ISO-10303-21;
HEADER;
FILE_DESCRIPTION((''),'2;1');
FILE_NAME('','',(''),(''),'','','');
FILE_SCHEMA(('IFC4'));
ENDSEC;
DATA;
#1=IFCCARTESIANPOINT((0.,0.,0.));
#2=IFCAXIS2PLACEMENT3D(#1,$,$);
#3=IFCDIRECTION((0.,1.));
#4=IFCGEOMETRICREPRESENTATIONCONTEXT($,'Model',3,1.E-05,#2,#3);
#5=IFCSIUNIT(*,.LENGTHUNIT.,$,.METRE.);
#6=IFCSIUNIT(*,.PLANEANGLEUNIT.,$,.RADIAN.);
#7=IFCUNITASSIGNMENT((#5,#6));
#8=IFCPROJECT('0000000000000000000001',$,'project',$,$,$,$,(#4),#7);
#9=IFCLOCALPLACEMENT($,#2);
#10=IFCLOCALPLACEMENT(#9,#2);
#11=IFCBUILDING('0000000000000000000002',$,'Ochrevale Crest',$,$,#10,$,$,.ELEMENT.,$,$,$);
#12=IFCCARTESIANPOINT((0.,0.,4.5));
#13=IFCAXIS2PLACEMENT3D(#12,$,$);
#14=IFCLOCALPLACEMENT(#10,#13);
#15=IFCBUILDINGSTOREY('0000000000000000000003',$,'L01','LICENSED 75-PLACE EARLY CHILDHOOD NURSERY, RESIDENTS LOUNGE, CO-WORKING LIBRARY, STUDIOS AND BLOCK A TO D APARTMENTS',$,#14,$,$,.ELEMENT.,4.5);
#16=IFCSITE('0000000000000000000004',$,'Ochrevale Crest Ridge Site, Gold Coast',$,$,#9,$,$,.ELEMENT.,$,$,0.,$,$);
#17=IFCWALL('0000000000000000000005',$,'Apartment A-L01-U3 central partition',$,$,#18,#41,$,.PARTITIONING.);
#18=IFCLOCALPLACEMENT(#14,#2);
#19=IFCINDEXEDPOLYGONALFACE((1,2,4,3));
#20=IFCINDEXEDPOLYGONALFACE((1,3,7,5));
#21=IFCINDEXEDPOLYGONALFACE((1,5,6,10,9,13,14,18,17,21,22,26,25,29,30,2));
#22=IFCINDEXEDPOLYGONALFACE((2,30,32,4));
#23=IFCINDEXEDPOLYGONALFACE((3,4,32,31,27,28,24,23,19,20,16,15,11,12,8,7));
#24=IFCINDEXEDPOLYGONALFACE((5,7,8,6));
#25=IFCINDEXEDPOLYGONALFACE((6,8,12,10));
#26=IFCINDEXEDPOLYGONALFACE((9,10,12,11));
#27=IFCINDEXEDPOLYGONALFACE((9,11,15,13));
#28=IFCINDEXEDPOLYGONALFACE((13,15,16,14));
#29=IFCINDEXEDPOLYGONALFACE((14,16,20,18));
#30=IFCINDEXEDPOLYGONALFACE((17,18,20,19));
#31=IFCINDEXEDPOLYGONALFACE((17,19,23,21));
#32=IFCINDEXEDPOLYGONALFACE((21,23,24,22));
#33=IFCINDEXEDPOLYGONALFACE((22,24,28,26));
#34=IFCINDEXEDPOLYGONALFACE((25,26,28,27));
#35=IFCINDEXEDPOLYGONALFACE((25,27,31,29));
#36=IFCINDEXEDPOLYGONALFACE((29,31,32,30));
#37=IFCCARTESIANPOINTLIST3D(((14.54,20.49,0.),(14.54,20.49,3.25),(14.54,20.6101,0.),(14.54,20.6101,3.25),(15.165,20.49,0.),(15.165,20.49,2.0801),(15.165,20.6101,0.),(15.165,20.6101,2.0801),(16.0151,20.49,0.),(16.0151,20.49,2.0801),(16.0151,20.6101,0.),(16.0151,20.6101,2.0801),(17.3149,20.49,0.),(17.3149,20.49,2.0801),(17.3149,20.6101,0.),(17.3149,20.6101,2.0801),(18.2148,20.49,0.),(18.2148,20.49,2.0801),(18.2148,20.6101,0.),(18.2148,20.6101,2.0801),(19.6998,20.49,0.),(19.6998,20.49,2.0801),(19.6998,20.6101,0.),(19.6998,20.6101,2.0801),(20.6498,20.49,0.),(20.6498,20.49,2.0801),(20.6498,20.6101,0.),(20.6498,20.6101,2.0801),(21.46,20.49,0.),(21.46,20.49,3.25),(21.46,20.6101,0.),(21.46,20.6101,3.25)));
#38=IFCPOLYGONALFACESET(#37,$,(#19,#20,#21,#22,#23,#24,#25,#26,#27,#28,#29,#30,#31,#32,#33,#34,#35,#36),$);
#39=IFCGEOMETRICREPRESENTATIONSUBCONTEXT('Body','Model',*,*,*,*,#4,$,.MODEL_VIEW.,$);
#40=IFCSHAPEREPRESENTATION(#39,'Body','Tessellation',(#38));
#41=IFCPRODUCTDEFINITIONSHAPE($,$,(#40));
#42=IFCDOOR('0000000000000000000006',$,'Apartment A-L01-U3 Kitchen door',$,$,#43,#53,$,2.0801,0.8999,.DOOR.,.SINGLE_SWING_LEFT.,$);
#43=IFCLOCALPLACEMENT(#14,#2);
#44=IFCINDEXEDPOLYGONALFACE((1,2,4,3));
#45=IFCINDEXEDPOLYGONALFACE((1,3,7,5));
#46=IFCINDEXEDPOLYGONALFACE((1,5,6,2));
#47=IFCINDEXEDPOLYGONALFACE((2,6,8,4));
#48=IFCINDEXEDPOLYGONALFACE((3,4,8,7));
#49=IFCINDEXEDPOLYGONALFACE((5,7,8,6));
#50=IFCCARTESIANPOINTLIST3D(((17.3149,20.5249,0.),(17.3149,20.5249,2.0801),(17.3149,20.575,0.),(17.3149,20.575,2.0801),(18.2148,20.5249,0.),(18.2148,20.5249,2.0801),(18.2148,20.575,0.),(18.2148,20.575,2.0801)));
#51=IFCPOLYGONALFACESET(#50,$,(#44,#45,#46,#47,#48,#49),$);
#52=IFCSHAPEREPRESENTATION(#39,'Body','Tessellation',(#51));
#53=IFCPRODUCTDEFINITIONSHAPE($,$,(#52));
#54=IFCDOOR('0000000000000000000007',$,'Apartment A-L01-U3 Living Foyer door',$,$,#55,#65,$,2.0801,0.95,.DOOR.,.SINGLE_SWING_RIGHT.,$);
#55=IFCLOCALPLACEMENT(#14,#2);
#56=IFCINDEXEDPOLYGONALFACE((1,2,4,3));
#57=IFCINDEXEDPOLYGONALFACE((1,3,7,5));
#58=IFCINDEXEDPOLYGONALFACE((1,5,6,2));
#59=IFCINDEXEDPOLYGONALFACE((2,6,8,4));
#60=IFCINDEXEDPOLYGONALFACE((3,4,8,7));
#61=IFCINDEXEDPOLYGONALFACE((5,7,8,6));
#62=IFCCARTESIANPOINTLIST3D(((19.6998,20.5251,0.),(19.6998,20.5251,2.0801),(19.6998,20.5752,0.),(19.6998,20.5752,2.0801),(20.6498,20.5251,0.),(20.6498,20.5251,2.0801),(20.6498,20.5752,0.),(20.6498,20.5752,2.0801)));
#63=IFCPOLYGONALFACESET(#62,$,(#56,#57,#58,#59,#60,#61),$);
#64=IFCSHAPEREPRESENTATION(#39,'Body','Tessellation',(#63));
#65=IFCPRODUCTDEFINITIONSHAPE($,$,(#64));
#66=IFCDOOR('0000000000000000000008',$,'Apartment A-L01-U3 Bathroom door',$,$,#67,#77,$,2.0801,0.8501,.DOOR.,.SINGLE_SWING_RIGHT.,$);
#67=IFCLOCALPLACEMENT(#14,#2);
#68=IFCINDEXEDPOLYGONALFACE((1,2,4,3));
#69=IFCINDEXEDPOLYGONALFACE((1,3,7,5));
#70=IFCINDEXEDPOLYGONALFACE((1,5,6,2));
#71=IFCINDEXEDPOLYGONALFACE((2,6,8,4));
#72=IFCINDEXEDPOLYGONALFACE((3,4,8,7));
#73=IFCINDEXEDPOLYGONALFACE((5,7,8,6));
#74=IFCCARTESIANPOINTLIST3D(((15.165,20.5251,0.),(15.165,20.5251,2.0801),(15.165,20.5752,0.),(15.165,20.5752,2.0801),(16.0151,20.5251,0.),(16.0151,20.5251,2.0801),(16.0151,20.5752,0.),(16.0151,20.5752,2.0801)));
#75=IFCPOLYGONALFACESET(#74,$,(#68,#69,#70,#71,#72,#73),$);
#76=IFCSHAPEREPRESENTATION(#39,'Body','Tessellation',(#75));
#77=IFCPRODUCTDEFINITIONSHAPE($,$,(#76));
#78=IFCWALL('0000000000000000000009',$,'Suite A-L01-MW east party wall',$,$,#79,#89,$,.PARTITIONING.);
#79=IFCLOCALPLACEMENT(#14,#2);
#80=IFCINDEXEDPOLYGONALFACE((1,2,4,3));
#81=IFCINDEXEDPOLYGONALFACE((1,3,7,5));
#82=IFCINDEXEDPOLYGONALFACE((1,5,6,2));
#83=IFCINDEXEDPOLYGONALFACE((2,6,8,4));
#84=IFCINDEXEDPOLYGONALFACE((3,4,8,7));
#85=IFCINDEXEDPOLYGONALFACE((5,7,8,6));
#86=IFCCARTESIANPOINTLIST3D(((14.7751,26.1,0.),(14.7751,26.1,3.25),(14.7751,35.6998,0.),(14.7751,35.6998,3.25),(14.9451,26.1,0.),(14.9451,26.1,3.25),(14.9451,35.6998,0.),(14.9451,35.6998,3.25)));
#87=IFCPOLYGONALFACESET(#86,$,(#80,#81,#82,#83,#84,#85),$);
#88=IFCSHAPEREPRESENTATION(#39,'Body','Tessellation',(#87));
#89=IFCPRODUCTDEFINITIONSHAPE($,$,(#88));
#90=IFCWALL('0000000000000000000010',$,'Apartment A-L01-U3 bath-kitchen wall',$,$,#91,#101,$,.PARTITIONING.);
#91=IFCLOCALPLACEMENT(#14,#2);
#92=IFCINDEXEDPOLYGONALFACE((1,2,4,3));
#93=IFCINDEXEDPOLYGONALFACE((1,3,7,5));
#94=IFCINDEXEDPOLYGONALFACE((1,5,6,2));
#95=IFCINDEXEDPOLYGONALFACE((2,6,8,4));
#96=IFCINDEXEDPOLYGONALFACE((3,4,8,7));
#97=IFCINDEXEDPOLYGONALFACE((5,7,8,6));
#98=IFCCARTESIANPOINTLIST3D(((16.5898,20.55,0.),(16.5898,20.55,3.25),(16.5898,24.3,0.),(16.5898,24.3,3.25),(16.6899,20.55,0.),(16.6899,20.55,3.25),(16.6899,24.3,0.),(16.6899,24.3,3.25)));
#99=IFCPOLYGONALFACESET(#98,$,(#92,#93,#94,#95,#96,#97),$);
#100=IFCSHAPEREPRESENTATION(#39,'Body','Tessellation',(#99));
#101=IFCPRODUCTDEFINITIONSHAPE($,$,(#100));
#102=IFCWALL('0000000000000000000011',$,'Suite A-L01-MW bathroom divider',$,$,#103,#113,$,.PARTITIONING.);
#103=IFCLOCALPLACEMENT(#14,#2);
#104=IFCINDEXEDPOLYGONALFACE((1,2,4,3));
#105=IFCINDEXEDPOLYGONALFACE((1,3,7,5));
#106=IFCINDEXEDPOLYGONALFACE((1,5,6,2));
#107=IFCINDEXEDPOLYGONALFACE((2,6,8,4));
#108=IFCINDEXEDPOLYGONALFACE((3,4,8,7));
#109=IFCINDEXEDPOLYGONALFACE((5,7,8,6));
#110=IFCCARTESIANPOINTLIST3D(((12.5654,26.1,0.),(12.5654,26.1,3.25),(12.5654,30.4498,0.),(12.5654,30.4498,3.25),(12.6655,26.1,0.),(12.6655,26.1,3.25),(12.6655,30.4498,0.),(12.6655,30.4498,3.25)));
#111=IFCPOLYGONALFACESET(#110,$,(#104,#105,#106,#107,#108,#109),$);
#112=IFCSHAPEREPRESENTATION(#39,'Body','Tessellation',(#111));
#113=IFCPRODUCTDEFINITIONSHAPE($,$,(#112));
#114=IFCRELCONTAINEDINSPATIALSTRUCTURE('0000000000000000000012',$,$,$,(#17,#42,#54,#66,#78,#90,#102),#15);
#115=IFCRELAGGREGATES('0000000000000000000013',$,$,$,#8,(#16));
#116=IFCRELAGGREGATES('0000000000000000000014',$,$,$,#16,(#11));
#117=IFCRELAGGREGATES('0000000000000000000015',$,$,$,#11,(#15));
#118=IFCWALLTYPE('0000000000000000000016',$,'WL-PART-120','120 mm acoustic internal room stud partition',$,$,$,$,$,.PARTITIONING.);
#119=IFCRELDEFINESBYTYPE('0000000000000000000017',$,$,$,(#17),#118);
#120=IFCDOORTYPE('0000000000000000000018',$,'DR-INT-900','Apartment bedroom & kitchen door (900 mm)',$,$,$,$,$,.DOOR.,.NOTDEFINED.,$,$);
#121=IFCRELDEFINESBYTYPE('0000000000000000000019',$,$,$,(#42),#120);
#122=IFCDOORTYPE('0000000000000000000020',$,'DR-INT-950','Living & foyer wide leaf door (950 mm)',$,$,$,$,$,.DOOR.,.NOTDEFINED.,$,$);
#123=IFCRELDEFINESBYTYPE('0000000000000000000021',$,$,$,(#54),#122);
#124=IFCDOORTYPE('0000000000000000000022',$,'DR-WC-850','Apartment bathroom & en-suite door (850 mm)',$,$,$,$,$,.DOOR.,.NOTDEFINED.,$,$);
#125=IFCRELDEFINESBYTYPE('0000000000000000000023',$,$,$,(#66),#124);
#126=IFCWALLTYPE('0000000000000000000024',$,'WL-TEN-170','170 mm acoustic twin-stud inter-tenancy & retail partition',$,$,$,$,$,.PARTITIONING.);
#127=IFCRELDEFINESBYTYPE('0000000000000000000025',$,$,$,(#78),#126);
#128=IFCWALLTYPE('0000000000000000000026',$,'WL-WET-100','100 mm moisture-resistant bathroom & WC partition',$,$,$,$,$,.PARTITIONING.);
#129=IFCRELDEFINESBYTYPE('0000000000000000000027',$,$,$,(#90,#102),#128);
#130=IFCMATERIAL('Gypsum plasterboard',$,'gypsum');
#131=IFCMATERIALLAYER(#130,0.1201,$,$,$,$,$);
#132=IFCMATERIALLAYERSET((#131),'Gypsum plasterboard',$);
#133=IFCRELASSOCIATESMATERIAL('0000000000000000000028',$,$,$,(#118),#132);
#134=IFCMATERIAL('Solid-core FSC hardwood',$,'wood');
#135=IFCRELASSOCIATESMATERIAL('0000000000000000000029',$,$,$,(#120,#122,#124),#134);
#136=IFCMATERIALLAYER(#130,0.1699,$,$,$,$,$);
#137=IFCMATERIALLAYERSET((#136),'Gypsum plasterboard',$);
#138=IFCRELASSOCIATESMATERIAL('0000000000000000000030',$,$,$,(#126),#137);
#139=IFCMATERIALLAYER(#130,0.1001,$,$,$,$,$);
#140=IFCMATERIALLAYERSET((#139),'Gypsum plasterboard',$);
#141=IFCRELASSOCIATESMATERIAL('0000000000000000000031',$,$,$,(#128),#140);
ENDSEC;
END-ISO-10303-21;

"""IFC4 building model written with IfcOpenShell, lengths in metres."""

from ifc_helpers import new_model, si_unit, direction, frame, frame_2d, origin, place, context, subcontext, project, spatial, rectangle, extrude, material, layer, layer_set, type_object, element, fill, save


model = new_model("IFC4")

# Units and contexts
model_context = context("Model", 3, precision=1e-05, world=origin(), true_north=direction((0.0, 1.0)))
body_context = subcontext(model_context, "Body", "Model", "MODEL_VIEW")
ifc_project = project(units=[si_unit("LENGTHUNIT", "METRE"), si_unit("PLANEANGLEUNIT", "RADIAN")], contexts=[model_context])

# Site, building, storey
site_placement = place(None, origin())
site = spatial("IfcSite", under=ifc_project, at=site_placement, Name="Ochrevale Crest Ridge Site, Gold Coast", CompositionType="ELEMENT", RefElevation=0.0)
building_placement = place(site_placement, origin())
building = spatial("IfcBuilding", under=site, at=building_placement, Name="Ochrevale Crest", CompositionType="ELEMENT")
storey_placement = place(building_placement, frame((0.0, 0.0, 4.5)))
storey = spatial("IfcBuildingStorey", under=building, at=storey_placement, Name="L01", Description="LICENSED 75-PLACE EARLY CHILDHOOD NURSERY, RESIDENTS LOUNGE, CO-WORKING LIBRARY, STUDIOS AND BLOCK A TO D APARTMENTS", CompositionType="ELEMENT", Elevation=4.5)

# Shared definitions
ifc_material_1 = material(Name="Gypsum plasterboard", Category="gypsum")
ifc_material_2 = material(Name="Solid-core FSC hardwood", Category="wood")

# Shared definitions
ifc_layer_1 = layer(ifc_material_1, 0.1201)
ifc_layer_set_1 = layer_set([ifc_layer_1], Name="Gypsum plasterboard")
wall_type_1 = type_object("IfcWallType", Name="WL-PART-120", Description="120 mm acoustic internal room stud partition", PredefinedType="PARTITIONING", material=ifc_layer_set_1)

# Wall, openings, doors
wall_1_placement = place(storey_placement, frame((14.54, 20.55, 0.0), z_axis=(0.0, 0.0, 1.0), x_axis=(1.0, 0.0, 0.0)))
wall_1 = element("IfcWall", 1, at=wall_1_placement, inside=storey, type_object=wall_type_1, Name="Apartment A-L01-U3 central partition", PredefinedType="PARTITIONING", context=body_context, shape_type="SweptSolid", body=[
    extrude(rectangle(XDim=6.9199, YDim=0.1201, at=frame_2d((3.46, 0.0))), origin(), (0.0, 0.0, 1.0), 3.25),
])
opening_1_placement = place(wall_1_placement, frame((1.4751, 0.0, 0.0), z_axis=(0.0, 0.0, 1.0), x_axis=(-1.0, 0.0, 0.0)))
opening_1 = element("IfcOpeningElement", 2, at=opening_1_placement, cuts=wall_1, PredefinedType="OPENING", context=body_context, shape_type="SweptSolid", body=[
    extrude(rectangle(XDim=0.8501, YDim=2.0801, at=frame_2d((0.425, 1.04))), frame((0.0, 0.0701, 0.0), z_axis=(0.0, -1.0, 0.0), x_axis=(1.0, 0.0, 0.0)), (0.0, 0.0, 1.0), 0.1401),
])
opening_2_placement = place(wall_1_placement, frame((2.7749, 0.0, 0.0)))
opening_2 = element("IfcOpeningElement", 3, at=opening_2_placement, cuts=wall_1, PredefinedType="OPENING", context=body_context, shape_type="SweptSolid", body=[
    extrude(rectangle(XDim=0.8999, YDim=2.0801, at=frame_2d((0.45, 1.04))), frame((0.0, 0.0701, 0.0), z_axis=(0.0, -1.0, 0.0), x_axis=(1.0, 0.0, 0.0)), (0.0, 0.0, 1.0), 0.1401),
])
opening_3_placement = place(wall_1_placement, frame((6.1099, 0.0, 0.0), z_axis=(0.0, 0.0, 1.0), x_axis=(-1.0, 0.0, 0.0)))
opening_3 = element("IfcOpeningElement", 4, at=opening_3_placement, cuts=wall_1, PredefinedType="OPENING", context=body_context, shape_type="SweptSolid", body=[
    extrude(rectangle(XDim=0.95, YDim=2.0801, at=frame_2d((0.4751, 1.04))), frame((0.0, 0.0701, 0.0), z_axis=(0.0, -1.0, 0.0), x_axis=(1.0, 0.0, 0.0)), (0.0, 0.0, 1.0), 0.1401),
])
door_type_1 = type_object("IfcDoorType", Name="DR-INT-900", Description="Apartment bedroom & kitchen door (900 mm)", OperationType="NOTDEFINED", PredefinedType="DOOR", material=ifc_material_2)
door_1_placement = place(opening_2_placement, origin())
door_1 = element("IfcDoor", 5, at=door_1_placement, inside=storey, type_object=door_type_1, Name="Apartment A-L01-U3 Kitchen door", OperationType="SINGLE_SWING_LEFT", OverallHeight=2.0801, OverallWidth=0.8999, PredefinedType="DOOR", context=body_context, shape_type="SweptSolid", body=[
    extrude(rectangle(XDim=0.8999, YDim=2.0801, at=frame_2d((0.45, 1.04))), frame((0.0, 0.0249, 0.0), z_axis=(0.0, -1.0, 0.0), x_axis=(1.0, 0.0, 0.0)), (0.0, 0.0, 1.0), 0.05),
])
fill(opening_2, door_1)
door_type_2 = type_object("IfcDoorType", Name="DR-INT-950", Description="Living & foyer wide leaf door (950 mm)", OperationType="NOTDEFINED", PredefinedType="DOOR", material=ifc_material_2)
door_2_placement = place(opening_3_placement, origin())
door_2 = element("IfcDoor", 6, at=door_2_placement, inside=storey, type_object=door_type_2, Name="Apartment A-L01-U3 Living Foyer door", OperationType="SINGLE_SWING_RIGHT", OverallHeight=2.0801, OverallWidth=0.95, PredefinedType="DOOR", context=body_context, shape_type="SweptSolid", body=[
    extrude(rectangle(XDim=0.95, YDim=2.0801, at=frame_2d((0.4751, 1.04))), frame((0.0, 0.0249, 0.0), z_axis=(0.0, -1.0, 0.0), x_axis=(1.0, 0.0, 0.0)), (0.0, 0.0, 1.0), 0.05),
])
fill(opening_3, door_2)
door_type_3 = type_object("IfcDoorType", Name="DR-WC-850", Description="Apartment bathroom & en-suite door (850 mm)", OperationType="NOTDEFINED", PredefinedType="DOOR", material=ifc_material_2)
door_3_placement = place(opening_1_placement, origin())
door_3 = element("IfcDoor", 7, at=door_3_placement, inside=storey, type_object=door_type_3, Name="Apartment A-L01-U3 Bathroom door", OperationType="SINGLE_SWING_RIGHT", OverallHeight=2.0801, OverallWidth=0.8501, PredefinedType="DOOR", context=body_context, shape_type="SweptSolid", body=[
    extrude(rectangle(XDim=0.8501, YDim=2.0801, at=frame_2d((0.425, 1.04))), frame((0.0, 0.0249, 0.0), z_axis=(0.0, -1.0, 0.0), x_axis=(1.0, 0.0, 0.0)), (0.0, 0.0, 1.0), 0.05),
])
fill(opening_1, door_3)

# Walls
ifc_layer_2 = layer(ifc_material_1, 0.1699)
ifc_layer_set_2 = layer_set([ifc_layer_2], Name="Gypsum plasterboard")
wall_type_2 = type_object("IfcWallType", Name="WL-TEN-170", Description="170 mm acoustic twin-stud inter-tenancy & retail partition", PredefinedType="PARTITIONING", material=ifc_layer_set_2)
wall_2_placement = place(storey_placement, frame((14.8601, 26.1001, 0.0), z_axis=(0.0, 0.0, 1.0), x_axis=(0.0, 1.0, 0.0)))
element("IfcWall", 8, at=wall_2_placement, inside=storey, type_object=wall_type_2, Name="Suite A-L01-MW east party wall", PredefinedType="PARTITIONING", context=body_context, shape_type="SweptSolid", body=[
    extrude(rectangle(XDim=9.5999, YDim=0.1699, at=frame_2d((4.7998, 0.0))), origin(), (0.0, 0.0, 1.0), 3.25),
])
ifc_layer_3 = layer(ifc_material_1, 0.1001)
ifc_layer_set_3 = layer_set([ifc_layer_3], Name="Gypsum plasterboard")
wall_type_3 = type_object("IfcWallType", Name="WL-WET-100", Description="100 mm moisture-resistant bathroom & WC partition", PredefinedType="PARTITIONING", material=ifc_layer_set_3)
wall_3_placement = place(storey_placement, frame((16.6399, 20.55, 0.0), z_axis=(0.0, 0.0, 1.0), x_axis=(0.0, 1.0, 0.0)))
element("IfcWall", 9, at=wall_3_placement, inside=storey, type_object=wall_type_3, Name="Apartment A-L01-U3 bath-kitchen wall", PredefinedType="PARTITIONING", context=body_context, shape_type="SweptSolid", body=[
    extrude(rectangle(XDim=3.75, YDim=0.1001, at=frame_2d((1.875, 0.0))), origin(), (0.0, 0.0, 1.0), 3.25),
])
wall_4_placement = place(storey_placement, frame((12.6155, 26.1001, 0.0), z_axis=(0.0, 0.0, 1.0), x_axis=(0.0, 1.0, 0.0)))
element("IfcWall", 10, at=wall_4_placement, inside=storey, type_object=wall_type_3, Name="Suite A-L01-MW bathroom divider", PredefinedType="PARTITIONING", context=body_context, shape_type="SweptSolid", body=[
    extrude(rectangle(XDim=4.3499, YDim=0.1001, at=frame_2d((2.1748, 0.0))), origin(), (0.0, 0.0, 1.0), 3.25),
])

save(model, "model.ifc")
